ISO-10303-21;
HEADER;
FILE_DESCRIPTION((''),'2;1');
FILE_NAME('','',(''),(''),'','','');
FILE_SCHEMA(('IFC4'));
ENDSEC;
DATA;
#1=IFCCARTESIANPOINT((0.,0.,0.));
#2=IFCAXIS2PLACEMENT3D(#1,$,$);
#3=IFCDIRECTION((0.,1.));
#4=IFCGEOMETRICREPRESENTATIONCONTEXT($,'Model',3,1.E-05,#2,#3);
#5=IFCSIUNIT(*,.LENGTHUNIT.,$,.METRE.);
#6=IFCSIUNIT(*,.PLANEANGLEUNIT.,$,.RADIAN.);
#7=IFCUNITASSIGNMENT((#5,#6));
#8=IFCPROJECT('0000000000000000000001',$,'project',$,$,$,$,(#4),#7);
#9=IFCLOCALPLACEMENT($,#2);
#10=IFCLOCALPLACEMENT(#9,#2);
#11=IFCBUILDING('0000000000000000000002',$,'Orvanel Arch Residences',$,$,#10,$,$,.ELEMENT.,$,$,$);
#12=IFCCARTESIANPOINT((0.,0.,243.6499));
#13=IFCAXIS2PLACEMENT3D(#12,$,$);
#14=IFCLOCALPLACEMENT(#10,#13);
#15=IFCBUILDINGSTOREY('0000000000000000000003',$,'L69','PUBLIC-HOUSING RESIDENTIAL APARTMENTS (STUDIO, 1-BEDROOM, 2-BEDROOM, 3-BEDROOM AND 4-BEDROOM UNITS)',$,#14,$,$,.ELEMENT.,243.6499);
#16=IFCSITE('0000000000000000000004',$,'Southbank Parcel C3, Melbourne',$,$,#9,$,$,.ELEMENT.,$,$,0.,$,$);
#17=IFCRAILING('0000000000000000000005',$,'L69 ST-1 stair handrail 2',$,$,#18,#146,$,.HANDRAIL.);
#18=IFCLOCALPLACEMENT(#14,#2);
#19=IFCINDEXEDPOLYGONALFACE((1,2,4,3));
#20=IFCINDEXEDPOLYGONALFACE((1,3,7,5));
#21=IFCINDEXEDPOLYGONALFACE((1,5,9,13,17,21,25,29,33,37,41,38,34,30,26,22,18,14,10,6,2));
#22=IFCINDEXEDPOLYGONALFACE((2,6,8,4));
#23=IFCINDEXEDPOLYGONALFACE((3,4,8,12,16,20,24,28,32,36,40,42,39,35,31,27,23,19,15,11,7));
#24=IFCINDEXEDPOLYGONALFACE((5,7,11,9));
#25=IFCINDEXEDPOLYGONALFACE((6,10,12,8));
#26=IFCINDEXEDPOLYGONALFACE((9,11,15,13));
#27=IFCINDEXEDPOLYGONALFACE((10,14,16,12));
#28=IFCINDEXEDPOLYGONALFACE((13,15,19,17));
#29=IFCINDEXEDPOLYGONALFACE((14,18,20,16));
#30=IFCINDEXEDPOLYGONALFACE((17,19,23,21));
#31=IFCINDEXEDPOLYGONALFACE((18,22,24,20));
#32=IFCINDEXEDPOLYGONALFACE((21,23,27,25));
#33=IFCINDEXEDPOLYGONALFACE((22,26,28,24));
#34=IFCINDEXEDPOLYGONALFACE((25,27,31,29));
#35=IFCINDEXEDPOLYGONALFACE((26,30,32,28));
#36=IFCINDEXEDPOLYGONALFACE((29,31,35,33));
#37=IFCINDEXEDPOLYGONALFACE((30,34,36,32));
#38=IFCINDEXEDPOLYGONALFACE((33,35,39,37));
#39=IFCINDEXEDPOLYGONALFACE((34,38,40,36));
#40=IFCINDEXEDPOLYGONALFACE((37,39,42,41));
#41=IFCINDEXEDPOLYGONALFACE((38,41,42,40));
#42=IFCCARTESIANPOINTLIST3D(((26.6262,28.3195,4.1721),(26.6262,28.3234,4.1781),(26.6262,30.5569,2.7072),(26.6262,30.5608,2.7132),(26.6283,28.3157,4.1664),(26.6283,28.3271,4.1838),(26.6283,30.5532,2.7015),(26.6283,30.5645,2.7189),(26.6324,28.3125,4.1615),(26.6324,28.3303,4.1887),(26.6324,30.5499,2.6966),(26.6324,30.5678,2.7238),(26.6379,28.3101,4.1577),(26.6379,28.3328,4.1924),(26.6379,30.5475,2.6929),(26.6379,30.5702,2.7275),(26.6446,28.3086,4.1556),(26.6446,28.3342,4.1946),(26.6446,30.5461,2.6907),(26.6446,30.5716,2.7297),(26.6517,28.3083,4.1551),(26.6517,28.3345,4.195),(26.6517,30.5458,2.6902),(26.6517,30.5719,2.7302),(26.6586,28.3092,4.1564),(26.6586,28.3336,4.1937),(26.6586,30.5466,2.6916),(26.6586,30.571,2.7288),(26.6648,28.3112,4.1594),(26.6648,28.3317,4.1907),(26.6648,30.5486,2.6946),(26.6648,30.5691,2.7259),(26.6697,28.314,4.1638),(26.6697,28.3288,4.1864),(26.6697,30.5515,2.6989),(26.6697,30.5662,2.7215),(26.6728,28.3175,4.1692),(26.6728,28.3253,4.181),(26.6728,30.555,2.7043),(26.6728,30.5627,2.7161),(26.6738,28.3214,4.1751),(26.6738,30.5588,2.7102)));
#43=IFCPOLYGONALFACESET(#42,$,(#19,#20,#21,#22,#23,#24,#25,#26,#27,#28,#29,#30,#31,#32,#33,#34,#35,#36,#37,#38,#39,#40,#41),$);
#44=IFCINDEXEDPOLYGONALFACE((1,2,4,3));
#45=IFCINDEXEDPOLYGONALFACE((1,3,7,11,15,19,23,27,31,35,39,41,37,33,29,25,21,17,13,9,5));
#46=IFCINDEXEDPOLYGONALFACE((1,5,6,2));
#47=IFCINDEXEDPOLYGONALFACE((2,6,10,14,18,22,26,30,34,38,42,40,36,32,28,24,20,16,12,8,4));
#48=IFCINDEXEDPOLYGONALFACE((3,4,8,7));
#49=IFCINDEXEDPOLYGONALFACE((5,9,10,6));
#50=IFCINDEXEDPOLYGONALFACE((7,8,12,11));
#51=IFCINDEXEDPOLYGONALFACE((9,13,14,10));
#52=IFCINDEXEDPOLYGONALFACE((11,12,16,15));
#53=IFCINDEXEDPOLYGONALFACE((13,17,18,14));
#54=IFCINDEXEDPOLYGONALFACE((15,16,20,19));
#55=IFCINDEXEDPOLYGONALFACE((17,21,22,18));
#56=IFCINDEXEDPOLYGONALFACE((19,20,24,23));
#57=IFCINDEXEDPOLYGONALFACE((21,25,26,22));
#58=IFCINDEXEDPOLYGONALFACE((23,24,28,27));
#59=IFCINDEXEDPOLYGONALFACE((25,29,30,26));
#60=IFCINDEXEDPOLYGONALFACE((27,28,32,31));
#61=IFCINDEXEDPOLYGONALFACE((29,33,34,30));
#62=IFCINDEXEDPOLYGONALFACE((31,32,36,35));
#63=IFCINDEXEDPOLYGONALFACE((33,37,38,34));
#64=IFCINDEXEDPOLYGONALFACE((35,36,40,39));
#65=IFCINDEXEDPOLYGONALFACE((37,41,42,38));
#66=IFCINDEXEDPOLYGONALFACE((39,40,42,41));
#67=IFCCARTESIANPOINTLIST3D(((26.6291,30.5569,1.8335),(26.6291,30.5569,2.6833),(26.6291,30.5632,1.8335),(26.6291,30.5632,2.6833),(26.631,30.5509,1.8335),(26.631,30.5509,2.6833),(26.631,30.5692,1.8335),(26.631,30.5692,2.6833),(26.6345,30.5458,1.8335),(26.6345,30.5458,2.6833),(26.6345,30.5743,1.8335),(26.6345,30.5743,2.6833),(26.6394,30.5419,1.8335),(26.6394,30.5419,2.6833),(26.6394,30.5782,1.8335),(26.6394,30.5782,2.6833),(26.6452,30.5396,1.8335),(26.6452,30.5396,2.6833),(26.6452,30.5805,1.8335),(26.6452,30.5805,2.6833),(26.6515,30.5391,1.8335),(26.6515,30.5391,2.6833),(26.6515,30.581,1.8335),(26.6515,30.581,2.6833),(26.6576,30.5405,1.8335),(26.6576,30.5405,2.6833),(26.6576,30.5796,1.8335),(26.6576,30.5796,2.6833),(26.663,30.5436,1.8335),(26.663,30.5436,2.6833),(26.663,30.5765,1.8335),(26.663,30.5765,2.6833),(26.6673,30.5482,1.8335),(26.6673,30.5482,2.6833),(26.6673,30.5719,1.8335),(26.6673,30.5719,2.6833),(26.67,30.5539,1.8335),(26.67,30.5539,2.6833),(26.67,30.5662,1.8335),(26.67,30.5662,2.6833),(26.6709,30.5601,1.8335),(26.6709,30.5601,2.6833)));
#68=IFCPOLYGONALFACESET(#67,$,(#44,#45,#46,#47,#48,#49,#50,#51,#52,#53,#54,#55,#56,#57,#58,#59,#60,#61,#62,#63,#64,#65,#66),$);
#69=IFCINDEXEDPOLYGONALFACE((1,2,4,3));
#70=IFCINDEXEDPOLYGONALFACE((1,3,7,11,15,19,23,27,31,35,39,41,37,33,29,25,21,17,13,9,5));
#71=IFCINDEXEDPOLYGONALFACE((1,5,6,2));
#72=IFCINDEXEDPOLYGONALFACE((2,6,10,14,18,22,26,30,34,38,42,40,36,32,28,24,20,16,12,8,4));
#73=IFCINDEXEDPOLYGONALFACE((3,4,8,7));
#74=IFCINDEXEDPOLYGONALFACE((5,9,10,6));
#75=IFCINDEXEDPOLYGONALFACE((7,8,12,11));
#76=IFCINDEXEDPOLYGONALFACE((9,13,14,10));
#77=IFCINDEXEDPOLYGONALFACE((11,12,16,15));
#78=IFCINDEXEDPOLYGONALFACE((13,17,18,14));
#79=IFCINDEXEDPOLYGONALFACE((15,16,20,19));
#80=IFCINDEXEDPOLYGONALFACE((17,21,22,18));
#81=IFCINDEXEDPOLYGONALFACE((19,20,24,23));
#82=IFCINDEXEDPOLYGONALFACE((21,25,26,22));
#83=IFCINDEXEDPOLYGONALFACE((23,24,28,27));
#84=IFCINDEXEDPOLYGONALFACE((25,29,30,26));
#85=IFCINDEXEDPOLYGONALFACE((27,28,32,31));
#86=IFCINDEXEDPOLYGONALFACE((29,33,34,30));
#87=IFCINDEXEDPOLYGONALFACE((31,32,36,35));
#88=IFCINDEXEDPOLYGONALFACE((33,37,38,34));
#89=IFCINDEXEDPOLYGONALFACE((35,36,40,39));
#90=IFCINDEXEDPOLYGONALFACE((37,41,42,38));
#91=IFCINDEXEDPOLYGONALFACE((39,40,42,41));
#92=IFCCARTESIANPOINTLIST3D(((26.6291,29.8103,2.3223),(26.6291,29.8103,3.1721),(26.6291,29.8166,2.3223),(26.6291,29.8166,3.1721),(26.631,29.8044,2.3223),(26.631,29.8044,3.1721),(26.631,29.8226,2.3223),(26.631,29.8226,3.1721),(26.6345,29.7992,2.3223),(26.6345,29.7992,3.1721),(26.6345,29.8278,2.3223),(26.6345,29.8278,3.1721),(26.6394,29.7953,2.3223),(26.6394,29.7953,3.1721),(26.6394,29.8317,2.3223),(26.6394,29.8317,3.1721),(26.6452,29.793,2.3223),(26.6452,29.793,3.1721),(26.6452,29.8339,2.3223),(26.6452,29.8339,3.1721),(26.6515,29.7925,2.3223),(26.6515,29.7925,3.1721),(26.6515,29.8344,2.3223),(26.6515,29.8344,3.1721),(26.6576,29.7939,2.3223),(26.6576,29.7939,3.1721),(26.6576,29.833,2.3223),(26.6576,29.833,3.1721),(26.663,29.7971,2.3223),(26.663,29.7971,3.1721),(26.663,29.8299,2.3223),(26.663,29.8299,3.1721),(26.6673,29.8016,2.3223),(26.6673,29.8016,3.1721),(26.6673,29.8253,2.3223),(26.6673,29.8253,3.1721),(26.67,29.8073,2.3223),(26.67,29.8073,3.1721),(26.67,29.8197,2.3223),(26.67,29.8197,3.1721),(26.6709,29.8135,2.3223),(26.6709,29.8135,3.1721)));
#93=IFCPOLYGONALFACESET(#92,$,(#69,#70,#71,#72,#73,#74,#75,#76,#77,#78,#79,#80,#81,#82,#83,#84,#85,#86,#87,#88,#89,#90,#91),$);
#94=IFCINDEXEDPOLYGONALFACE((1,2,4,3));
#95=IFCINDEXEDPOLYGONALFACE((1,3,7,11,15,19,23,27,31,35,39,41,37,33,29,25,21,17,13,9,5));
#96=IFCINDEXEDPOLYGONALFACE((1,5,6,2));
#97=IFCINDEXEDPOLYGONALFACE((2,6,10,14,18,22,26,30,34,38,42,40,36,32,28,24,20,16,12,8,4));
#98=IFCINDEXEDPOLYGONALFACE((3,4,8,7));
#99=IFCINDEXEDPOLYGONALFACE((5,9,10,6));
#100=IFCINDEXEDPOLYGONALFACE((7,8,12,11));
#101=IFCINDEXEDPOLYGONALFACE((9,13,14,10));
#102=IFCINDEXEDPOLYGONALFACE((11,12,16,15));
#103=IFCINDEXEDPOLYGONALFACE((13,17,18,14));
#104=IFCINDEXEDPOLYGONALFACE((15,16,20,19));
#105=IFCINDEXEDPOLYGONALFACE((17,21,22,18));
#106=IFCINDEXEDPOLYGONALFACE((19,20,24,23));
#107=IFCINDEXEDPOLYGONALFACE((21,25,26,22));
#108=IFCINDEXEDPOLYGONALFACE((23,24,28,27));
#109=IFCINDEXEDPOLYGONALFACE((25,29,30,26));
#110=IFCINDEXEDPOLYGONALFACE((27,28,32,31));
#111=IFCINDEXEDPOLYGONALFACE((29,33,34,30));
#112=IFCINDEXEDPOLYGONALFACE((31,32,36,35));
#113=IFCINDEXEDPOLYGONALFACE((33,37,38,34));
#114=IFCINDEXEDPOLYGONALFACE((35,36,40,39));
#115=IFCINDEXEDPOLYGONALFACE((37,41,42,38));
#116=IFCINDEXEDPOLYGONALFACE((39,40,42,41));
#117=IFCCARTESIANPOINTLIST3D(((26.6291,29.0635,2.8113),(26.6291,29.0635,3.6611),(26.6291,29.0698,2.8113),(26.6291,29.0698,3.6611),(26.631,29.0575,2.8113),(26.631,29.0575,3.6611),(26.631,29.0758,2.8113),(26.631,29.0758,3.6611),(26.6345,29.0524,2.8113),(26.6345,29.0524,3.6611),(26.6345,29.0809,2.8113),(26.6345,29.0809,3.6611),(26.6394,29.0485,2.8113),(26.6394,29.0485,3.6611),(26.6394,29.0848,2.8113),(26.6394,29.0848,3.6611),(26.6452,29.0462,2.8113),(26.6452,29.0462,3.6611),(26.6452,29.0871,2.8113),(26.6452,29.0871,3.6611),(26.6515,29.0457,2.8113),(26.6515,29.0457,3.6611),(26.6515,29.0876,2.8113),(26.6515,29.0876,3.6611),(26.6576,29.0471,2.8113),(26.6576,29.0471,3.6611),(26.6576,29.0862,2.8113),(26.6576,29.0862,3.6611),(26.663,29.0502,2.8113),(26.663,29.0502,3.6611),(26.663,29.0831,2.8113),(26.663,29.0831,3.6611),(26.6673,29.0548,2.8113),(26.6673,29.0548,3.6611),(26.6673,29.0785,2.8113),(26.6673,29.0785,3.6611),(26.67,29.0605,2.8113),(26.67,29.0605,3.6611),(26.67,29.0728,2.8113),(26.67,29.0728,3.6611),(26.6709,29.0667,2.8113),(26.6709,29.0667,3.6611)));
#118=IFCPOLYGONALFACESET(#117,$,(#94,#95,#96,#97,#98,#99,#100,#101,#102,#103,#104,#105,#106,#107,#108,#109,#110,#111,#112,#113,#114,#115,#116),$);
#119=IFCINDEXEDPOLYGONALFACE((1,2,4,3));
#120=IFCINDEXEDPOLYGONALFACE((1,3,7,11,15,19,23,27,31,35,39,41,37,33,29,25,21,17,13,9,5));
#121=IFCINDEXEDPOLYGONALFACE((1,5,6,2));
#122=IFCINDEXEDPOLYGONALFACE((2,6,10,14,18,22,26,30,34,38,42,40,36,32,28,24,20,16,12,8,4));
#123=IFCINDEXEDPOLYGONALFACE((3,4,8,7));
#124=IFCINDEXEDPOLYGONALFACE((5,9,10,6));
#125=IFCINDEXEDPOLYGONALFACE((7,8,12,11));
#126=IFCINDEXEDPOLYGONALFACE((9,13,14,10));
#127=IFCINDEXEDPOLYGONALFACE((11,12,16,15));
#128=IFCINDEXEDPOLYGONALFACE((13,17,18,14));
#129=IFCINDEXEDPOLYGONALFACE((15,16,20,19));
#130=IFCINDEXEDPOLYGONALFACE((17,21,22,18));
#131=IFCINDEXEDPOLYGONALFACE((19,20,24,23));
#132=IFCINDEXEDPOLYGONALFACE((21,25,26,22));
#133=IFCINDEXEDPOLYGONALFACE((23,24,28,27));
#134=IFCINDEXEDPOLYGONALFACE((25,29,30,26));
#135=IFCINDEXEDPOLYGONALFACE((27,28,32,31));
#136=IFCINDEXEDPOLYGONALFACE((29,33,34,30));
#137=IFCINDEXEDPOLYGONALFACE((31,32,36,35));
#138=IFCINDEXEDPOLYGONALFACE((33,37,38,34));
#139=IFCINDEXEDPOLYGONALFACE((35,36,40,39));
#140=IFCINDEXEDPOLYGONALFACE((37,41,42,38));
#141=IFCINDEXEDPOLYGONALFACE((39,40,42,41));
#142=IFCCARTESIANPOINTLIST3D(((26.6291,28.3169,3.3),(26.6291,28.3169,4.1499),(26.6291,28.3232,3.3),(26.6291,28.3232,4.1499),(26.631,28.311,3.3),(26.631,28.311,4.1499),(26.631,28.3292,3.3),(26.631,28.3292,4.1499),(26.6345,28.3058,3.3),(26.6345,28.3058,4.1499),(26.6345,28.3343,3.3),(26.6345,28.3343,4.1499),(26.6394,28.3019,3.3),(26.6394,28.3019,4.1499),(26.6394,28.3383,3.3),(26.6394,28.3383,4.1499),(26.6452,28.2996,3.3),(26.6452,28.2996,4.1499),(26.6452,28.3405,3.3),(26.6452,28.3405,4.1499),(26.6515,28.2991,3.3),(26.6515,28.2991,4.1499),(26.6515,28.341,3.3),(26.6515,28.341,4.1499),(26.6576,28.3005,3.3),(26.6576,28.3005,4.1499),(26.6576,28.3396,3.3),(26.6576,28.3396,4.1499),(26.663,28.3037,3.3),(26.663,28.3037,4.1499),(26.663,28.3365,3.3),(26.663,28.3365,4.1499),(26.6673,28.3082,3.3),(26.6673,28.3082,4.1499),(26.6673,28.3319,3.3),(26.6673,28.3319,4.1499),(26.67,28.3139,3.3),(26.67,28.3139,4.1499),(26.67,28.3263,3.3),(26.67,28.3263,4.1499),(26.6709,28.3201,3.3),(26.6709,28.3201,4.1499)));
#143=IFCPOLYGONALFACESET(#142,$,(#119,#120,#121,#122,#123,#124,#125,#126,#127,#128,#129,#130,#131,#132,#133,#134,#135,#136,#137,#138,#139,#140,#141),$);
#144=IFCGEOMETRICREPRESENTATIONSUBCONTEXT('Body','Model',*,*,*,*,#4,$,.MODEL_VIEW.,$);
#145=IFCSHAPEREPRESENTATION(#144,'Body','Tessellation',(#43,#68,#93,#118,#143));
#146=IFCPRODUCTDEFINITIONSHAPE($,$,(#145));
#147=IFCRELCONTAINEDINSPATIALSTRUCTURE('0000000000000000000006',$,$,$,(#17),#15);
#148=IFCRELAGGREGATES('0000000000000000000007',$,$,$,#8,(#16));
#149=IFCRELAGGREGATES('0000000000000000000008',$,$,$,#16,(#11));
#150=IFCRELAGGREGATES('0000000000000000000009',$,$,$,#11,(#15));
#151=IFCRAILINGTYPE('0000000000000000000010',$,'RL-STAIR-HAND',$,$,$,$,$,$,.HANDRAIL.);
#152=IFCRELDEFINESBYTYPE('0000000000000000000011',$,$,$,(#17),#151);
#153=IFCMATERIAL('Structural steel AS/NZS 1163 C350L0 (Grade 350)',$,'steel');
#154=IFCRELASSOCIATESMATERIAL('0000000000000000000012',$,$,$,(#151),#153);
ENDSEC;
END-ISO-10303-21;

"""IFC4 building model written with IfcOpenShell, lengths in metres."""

from ifc_helpers import new_model, si_unit, direction, frame, origin, origin_2d, place, context, subcontext, project, spatial, circle, extrude, material, type_object, element, save


model = new_model("IFC4")

# Units and contexts
model_context = context("Model", 3, precision=1e-05, world=origin(), true_north=direction((0.0, 1.0)))
body_context = subcontext(model_context, "Body", "Model", "MODEL_VIEW")
ifc_project = project(units=[si_unit("LENGTHUNIT", "METRE"), si_unit("PLANEANGLEUNIT", "RADIAN")], contexts=[model_context])

# Site, building, storey
site_placement = place(None, origin())
site = spatial("IfcSite", under=ifc_project, at=site_placement, Name="Southbank Parcel C3, Melbourne", CompositionType="ELEMENT", RefElevation=0.0)
building_placement = place(site_placement, origin())
building = spatial("IfcBuilding", under=site, at=building_placement, Name="Orvanel Arch Residences", CompositionType="ELEMENT")
storey_placement = place(building_placement, frame((0.0, 0.0, 243.6499)))
storey = spatial("IfcBuildingStorey", under=building, at=storey_placement, Name="L69", Description="PUBLIC-HOUSING RESIDENTIAL APARTMENTS (STUDIO, 1-BEDROOM, 2-BEDROOM, 3-BEDROOM AND 4-BEDROOM UNITS)", CompositionType="ELEMENT", Elevation=243.6499)

# Railing
ifc_material_1 = material(Name="Structural steel AS/NZS 1163 C350L0 (Grade 350)", Category="steel")
railing_type_1 = type_object("IfcRailingType", Name="RL-STAIR-HAND", PredefinedType="HANDRAIL", material=ifc_material_1)
railing_1_placement = place(storey_placement, frame((26.6499, 30.5601, 1.8335)))
element("IfcRailing", 1, at=railing_1_placement, inside=storey, type_object=railing_type_1, Name="L69 ST-1 stair handrail 2", PredefinedType="HANDRAIL", context=body_context, shape_type="SweptSolid", body=[
    extrude(circle(Radius=0.0239, at=origin_2d()), frame((0.0, -0.0012, 0.8767), z_axis=(0.0, -0.836637, 0.547758), x_axis=(1.0, 0.0, 0.0)), (0.0, 0.0, 1.0), 2.6743),
    extrude(circle(Radius=0.021, at=origin_2d()), origin(), (0.0, 0.0, 1.0), 0.8499),
    extrude(circle(Radius=0.021, at=origin_2d()), frame((0.0, -0.7466, 0.4888)), (0.0, 0.0, 1.0), 0.8499),
    extrude(circle(Radius=0.021, at=origin_2d()), frame((0.0, -1.4934, 0.9778)), (0.0, 0.0, 1.0), 0.8499),
    extrude(circle(Radius=0.021, at=origin_2d()), frame((0.0, -2.24, 1.4666)), (0.0, 0.0, 1.0), 0.8499),
])

save(model, "model.ifc")
